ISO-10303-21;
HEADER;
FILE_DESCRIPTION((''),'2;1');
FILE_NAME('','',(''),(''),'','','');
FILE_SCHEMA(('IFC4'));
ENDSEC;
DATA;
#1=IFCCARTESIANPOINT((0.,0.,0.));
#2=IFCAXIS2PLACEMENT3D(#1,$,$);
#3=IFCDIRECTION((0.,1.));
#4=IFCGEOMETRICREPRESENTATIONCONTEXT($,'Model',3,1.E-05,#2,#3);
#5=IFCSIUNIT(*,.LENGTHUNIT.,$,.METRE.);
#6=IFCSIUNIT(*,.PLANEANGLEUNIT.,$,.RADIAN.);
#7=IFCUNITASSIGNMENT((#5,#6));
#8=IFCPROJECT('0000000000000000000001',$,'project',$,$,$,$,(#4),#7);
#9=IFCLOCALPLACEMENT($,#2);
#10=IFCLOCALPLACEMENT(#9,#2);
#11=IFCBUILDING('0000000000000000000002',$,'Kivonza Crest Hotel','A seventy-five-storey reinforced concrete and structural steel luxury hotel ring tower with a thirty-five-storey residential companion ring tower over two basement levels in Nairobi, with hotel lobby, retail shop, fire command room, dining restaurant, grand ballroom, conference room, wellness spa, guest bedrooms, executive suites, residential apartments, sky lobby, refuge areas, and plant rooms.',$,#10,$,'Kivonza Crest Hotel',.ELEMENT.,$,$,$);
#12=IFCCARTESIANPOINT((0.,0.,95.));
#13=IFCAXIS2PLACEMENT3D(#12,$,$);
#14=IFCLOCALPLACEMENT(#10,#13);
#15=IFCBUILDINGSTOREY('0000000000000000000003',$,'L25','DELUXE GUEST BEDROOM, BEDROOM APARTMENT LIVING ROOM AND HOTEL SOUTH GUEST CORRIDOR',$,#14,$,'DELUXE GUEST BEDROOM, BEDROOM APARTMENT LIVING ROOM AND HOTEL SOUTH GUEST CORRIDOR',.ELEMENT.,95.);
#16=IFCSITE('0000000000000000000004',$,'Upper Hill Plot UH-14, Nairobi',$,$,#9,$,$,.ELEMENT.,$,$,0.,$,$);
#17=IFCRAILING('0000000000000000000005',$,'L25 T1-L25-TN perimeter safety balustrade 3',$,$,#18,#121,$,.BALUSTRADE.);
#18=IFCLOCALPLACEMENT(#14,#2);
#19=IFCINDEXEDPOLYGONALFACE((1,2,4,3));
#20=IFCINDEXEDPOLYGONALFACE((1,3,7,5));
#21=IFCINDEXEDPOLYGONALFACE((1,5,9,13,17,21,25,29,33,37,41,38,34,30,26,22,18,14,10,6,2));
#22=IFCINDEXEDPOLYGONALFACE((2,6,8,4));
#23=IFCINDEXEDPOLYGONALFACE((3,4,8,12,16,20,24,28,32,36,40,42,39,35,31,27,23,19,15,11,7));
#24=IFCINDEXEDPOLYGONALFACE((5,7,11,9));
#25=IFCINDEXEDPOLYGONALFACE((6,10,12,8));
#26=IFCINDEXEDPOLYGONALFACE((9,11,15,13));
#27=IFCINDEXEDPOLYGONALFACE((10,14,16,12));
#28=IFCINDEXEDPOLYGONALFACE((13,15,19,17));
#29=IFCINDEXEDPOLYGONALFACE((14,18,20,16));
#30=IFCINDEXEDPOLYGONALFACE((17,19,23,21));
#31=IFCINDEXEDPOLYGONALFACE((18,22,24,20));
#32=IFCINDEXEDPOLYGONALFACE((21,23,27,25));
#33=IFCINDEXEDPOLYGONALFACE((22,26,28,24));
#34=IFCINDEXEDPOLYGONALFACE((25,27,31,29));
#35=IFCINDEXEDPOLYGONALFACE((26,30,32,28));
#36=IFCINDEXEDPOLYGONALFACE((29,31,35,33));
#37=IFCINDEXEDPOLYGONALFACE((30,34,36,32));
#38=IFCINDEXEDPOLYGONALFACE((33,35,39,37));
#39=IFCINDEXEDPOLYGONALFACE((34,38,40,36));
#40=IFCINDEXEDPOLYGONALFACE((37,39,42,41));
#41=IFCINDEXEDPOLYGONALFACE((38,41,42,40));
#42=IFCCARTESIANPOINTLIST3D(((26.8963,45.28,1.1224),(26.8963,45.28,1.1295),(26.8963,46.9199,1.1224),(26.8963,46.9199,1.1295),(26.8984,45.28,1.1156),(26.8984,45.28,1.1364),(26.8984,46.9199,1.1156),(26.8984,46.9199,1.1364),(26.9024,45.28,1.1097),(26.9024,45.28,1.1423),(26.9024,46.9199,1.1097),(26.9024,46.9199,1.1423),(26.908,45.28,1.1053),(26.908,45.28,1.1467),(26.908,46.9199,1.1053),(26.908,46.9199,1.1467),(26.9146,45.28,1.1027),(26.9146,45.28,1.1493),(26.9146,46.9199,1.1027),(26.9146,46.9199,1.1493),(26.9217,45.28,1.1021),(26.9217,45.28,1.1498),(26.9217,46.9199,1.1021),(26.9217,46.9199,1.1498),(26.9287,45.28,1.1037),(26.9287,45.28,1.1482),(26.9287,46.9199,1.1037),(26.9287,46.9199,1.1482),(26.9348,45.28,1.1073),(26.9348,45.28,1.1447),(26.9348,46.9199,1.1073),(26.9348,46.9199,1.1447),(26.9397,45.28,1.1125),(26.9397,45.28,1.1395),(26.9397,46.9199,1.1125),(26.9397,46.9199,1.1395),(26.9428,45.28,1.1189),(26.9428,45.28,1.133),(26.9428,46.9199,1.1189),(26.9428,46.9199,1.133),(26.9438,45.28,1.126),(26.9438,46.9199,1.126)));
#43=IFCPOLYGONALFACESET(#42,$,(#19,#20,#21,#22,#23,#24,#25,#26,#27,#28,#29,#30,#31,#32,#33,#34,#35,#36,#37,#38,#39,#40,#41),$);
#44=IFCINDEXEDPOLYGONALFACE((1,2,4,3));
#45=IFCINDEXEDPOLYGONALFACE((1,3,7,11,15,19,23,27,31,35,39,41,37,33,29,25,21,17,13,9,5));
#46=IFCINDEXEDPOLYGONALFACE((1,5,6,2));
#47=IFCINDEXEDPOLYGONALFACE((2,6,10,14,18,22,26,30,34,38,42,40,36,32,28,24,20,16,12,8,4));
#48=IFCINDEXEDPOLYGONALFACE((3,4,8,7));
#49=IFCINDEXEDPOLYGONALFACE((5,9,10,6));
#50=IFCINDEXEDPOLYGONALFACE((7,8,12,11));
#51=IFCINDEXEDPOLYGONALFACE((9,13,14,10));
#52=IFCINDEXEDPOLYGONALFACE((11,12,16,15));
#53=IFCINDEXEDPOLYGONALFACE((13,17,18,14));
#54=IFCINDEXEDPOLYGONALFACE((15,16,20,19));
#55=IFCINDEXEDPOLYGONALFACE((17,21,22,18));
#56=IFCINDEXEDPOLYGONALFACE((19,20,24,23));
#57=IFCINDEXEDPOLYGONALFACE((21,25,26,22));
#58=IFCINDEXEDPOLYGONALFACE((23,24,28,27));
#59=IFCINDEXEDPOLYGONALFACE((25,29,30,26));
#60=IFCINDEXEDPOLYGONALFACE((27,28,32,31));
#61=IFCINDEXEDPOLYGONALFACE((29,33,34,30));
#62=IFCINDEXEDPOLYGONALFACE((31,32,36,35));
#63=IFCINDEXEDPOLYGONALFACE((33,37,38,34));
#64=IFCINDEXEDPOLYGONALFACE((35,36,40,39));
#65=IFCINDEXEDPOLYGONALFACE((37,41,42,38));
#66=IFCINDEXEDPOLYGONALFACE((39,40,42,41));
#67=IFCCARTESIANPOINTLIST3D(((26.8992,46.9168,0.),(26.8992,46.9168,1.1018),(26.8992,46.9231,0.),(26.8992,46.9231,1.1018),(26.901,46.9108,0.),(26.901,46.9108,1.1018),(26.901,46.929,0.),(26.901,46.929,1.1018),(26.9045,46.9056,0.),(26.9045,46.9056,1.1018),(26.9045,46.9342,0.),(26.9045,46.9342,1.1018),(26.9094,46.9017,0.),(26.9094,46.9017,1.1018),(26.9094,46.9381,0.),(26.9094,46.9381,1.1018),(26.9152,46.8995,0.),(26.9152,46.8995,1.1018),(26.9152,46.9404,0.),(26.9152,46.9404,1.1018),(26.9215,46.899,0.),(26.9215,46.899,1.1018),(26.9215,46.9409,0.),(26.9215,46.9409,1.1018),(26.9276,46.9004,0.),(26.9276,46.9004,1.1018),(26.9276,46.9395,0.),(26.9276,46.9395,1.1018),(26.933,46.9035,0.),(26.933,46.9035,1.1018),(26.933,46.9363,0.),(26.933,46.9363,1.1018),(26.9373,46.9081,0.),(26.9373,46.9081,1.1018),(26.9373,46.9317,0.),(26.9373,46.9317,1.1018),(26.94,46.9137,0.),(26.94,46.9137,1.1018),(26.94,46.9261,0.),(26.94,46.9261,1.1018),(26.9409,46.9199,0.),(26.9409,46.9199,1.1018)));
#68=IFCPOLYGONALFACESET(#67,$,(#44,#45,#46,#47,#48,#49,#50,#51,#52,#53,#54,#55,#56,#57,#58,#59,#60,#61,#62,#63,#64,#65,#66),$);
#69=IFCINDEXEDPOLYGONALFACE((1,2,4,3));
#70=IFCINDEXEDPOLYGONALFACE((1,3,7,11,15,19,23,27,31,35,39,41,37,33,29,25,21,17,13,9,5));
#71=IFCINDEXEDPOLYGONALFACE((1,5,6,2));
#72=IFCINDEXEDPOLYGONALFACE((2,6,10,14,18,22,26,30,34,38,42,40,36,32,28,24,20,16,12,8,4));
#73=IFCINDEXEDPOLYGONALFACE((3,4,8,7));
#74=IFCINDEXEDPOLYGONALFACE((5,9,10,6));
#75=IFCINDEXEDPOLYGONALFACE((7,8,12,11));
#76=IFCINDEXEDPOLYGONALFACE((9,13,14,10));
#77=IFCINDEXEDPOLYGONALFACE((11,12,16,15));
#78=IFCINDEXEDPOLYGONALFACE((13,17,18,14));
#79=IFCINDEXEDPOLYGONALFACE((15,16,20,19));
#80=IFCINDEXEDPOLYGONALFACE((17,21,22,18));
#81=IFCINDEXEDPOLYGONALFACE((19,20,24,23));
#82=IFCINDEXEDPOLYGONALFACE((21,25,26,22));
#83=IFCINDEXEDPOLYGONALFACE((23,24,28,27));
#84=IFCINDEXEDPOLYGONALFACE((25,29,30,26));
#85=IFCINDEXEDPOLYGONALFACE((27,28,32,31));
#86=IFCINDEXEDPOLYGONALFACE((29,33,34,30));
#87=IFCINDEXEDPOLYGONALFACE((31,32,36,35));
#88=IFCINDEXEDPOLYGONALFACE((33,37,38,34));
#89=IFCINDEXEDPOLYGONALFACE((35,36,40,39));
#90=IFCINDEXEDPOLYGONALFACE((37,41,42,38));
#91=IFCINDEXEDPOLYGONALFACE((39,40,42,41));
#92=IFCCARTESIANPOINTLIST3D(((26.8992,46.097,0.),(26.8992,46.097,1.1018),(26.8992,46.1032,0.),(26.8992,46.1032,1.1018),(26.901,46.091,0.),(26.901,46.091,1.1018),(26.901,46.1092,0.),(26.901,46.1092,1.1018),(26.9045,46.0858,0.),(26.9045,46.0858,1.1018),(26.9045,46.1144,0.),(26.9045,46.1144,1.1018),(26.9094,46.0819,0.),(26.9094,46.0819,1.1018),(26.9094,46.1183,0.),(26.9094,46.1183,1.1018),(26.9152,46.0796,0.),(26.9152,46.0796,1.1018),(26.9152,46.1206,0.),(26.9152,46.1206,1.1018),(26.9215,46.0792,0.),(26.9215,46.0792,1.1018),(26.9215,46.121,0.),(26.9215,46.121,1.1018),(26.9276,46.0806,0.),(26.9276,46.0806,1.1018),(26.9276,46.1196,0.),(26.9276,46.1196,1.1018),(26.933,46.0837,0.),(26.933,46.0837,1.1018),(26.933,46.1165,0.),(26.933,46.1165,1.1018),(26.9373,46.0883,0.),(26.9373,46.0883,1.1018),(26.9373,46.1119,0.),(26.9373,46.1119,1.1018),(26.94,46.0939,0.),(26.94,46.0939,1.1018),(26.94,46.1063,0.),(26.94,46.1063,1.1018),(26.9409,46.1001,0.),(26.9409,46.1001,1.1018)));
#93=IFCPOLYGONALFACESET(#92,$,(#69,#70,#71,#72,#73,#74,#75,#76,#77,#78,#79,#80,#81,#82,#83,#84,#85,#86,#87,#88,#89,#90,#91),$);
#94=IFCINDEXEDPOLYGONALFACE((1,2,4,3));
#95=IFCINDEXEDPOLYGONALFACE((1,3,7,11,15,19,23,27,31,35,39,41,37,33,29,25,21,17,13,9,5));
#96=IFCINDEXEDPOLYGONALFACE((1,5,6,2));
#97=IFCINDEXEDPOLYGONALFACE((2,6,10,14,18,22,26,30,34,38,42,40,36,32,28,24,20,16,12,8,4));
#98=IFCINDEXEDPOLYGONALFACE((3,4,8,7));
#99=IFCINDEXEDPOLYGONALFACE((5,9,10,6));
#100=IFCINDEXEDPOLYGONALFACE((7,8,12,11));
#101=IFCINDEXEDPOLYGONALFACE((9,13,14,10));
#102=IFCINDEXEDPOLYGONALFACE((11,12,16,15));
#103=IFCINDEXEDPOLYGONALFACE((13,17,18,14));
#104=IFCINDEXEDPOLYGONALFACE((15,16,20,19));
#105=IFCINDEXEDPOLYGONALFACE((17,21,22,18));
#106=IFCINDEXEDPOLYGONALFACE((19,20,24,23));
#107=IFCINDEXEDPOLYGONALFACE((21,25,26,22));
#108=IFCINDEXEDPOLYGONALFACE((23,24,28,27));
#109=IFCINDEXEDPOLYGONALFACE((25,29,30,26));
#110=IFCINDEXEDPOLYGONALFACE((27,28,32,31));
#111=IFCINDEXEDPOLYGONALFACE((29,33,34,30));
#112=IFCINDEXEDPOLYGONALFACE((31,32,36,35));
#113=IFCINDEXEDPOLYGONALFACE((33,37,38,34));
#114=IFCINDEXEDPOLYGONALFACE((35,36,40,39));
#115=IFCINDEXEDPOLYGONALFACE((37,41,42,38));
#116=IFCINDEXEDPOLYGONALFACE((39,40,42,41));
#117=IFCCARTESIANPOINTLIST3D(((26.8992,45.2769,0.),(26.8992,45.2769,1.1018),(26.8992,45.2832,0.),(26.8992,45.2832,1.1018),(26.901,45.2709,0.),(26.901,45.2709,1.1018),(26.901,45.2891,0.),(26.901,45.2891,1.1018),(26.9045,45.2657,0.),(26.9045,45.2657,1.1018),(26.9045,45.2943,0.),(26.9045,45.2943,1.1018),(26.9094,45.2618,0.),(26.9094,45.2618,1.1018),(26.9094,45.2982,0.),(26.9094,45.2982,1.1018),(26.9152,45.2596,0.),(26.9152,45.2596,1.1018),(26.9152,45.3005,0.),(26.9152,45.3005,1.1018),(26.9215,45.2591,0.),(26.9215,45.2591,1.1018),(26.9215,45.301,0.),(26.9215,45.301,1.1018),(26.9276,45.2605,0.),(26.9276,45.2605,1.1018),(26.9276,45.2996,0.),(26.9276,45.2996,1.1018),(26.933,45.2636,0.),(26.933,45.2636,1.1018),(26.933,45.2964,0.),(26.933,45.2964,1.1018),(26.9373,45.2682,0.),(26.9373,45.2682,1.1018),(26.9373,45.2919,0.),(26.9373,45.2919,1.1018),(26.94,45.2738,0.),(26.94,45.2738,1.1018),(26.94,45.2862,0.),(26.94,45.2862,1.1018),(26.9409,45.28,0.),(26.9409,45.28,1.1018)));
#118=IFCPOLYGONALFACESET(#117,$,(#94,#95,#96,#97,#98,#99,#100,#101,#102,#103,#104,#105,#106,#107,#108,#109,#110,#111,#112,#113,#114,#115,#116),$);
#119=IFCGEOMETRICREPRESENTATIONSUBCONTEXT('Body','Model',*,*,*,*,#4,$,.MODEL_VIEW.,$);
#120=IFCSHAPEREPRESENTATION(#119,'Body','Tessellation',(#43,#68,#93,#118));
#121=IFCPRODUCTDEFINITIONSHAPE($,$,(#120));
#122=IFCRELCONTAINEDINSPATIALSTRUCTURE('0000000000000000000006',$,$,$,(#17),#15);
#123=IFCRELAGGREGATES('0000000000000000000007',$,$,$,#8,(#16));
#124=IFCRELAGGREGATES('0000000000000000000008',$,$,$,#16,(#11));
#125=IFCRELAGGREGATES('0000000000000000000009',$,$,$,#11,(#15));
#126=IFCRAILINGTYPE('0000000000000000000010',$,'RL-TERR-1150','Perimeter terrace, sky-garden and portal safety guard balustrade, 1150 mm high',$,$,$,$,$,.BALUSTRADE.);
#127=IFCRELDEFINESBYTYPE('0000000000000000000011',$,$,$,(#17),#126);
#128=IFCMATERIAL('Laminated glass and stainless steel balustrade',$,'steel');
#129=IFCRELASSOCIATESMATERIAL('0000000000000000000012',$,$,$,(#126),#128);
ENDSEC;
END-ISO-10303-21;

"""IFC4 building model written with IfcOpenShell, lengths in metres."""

from ifc_helpers import new_model, si_unit, direction, frame, origin, origin_2d, place, context, subcontext, project, spatial, circle, extrude, material, type_object, element, save


model = new_model("IFC4")

# Units and contexts
model_context = context("Model", 3, precision=1e-05, world=origin(), true_north=direction((0.0, 1.0)))
body_context = subcontext(model_context, "Body", "Model", "MODEL_VIEW")
ifc_project = project(units=[si_unit("LENGTHUNIT", "METRE"), si_unit("PLANEANGLEUNIT", "RADIAN")], contexts=[model_context])

# Site, building, storey
site_placement = place(None, origin())
site = spatial("IfcSite", under=ifc_project, at=site_placement, Name="Upper Hill Plot UH-14, Nairobi", CompositionType="ELEMENT", RefElevation=0.0)
building_placement = place(site_placement, origin())
building = spatial("IfcBuilding", under=site, at=building_placement, Name="Kivonza Crest Hotel", Description="A seventy-five-storey reinforced concrete and structural steel luxury hotel ring tower with a thirty-five-storey residential companion ring tower over two basement levels in Nairobi, with hotel lobby, retail shop, fire command room, dining restaurant, grand ballroom, conference room, wellness spa, guest bedrooms, executive suites, residential apartments, sky lobby, refuge areas, and plant rooms.", LongName="Kivonza Crest Hotel", CompositionType="ELEMENT")
storey_placement = place(building_placement, frame((0.0, 0.0, 95.0)))
storey = spatial("IfcBuildingStorey", under=building, at=storey_placement, Name="L25", Description="DELUXE GUEST BEDROOM, BEDROOM APARTMENT LIVING ROOM AND HOTEL SOUTH GUEST CORRIDOR", LongName="DELUXE GUEST BEDROOM, BEDROOM APARTMENT LIVING ROOM AND HOTEL SOUTH GUEST CORRIDOR", CompositionType="ELEMENT", Elevation=95.0)

# Railing
ifc_material_1 = material(Name="Laminated glass and stainless steel balustrade", Category="steel")
railing_type = type_object("IfcRailingType", Name="RL-TERR-1150", Description="Perimeter terrace, sky-garden and portal safety guard balustrade, 1150 mm high", PredefinedType="BALUSTRADE", material=ifc_material_1)
railing_placement = place(storey_placement, frame((26.9199, 46.9199, 0.0)))
element("IfcRailing", 1, at=railing_placement, inside=storey, type_object=railing_type, Name="L25 T1-L25-TN perimeter safety balustrade 3", PredefinedType="BALUSTRADE", context=body_context, shape_type="SweptSolid", body=[
    extrude(circle(Radius=0.0239, at=origin_2d()), frame((0.0, 0.0, 1.126), z_axis=(0.0, -1.0, 0.0), x_axis=(1.0, 0.0, 0.0)), (0.0, 0.0, 1.0), 1.6399),
    extrude(circle(Radius=0.021, at=origin_2d()), origin(), (0.0, 0.0, 1.0), 1.1018),
    extrude(circle(Radius=0.021, at=origin_2d()), frame((0.0, -0.8198, 0.0)), (0.0, 0.0, 1.0), 1.1018),
    extrude(circle(Radius=0.021, at=origin_2d()), frame((0.0, -1.6399, 0.0)), (0.0, 0.0, 1.0), 1.1018),
])

save(model, "model.ifc")
